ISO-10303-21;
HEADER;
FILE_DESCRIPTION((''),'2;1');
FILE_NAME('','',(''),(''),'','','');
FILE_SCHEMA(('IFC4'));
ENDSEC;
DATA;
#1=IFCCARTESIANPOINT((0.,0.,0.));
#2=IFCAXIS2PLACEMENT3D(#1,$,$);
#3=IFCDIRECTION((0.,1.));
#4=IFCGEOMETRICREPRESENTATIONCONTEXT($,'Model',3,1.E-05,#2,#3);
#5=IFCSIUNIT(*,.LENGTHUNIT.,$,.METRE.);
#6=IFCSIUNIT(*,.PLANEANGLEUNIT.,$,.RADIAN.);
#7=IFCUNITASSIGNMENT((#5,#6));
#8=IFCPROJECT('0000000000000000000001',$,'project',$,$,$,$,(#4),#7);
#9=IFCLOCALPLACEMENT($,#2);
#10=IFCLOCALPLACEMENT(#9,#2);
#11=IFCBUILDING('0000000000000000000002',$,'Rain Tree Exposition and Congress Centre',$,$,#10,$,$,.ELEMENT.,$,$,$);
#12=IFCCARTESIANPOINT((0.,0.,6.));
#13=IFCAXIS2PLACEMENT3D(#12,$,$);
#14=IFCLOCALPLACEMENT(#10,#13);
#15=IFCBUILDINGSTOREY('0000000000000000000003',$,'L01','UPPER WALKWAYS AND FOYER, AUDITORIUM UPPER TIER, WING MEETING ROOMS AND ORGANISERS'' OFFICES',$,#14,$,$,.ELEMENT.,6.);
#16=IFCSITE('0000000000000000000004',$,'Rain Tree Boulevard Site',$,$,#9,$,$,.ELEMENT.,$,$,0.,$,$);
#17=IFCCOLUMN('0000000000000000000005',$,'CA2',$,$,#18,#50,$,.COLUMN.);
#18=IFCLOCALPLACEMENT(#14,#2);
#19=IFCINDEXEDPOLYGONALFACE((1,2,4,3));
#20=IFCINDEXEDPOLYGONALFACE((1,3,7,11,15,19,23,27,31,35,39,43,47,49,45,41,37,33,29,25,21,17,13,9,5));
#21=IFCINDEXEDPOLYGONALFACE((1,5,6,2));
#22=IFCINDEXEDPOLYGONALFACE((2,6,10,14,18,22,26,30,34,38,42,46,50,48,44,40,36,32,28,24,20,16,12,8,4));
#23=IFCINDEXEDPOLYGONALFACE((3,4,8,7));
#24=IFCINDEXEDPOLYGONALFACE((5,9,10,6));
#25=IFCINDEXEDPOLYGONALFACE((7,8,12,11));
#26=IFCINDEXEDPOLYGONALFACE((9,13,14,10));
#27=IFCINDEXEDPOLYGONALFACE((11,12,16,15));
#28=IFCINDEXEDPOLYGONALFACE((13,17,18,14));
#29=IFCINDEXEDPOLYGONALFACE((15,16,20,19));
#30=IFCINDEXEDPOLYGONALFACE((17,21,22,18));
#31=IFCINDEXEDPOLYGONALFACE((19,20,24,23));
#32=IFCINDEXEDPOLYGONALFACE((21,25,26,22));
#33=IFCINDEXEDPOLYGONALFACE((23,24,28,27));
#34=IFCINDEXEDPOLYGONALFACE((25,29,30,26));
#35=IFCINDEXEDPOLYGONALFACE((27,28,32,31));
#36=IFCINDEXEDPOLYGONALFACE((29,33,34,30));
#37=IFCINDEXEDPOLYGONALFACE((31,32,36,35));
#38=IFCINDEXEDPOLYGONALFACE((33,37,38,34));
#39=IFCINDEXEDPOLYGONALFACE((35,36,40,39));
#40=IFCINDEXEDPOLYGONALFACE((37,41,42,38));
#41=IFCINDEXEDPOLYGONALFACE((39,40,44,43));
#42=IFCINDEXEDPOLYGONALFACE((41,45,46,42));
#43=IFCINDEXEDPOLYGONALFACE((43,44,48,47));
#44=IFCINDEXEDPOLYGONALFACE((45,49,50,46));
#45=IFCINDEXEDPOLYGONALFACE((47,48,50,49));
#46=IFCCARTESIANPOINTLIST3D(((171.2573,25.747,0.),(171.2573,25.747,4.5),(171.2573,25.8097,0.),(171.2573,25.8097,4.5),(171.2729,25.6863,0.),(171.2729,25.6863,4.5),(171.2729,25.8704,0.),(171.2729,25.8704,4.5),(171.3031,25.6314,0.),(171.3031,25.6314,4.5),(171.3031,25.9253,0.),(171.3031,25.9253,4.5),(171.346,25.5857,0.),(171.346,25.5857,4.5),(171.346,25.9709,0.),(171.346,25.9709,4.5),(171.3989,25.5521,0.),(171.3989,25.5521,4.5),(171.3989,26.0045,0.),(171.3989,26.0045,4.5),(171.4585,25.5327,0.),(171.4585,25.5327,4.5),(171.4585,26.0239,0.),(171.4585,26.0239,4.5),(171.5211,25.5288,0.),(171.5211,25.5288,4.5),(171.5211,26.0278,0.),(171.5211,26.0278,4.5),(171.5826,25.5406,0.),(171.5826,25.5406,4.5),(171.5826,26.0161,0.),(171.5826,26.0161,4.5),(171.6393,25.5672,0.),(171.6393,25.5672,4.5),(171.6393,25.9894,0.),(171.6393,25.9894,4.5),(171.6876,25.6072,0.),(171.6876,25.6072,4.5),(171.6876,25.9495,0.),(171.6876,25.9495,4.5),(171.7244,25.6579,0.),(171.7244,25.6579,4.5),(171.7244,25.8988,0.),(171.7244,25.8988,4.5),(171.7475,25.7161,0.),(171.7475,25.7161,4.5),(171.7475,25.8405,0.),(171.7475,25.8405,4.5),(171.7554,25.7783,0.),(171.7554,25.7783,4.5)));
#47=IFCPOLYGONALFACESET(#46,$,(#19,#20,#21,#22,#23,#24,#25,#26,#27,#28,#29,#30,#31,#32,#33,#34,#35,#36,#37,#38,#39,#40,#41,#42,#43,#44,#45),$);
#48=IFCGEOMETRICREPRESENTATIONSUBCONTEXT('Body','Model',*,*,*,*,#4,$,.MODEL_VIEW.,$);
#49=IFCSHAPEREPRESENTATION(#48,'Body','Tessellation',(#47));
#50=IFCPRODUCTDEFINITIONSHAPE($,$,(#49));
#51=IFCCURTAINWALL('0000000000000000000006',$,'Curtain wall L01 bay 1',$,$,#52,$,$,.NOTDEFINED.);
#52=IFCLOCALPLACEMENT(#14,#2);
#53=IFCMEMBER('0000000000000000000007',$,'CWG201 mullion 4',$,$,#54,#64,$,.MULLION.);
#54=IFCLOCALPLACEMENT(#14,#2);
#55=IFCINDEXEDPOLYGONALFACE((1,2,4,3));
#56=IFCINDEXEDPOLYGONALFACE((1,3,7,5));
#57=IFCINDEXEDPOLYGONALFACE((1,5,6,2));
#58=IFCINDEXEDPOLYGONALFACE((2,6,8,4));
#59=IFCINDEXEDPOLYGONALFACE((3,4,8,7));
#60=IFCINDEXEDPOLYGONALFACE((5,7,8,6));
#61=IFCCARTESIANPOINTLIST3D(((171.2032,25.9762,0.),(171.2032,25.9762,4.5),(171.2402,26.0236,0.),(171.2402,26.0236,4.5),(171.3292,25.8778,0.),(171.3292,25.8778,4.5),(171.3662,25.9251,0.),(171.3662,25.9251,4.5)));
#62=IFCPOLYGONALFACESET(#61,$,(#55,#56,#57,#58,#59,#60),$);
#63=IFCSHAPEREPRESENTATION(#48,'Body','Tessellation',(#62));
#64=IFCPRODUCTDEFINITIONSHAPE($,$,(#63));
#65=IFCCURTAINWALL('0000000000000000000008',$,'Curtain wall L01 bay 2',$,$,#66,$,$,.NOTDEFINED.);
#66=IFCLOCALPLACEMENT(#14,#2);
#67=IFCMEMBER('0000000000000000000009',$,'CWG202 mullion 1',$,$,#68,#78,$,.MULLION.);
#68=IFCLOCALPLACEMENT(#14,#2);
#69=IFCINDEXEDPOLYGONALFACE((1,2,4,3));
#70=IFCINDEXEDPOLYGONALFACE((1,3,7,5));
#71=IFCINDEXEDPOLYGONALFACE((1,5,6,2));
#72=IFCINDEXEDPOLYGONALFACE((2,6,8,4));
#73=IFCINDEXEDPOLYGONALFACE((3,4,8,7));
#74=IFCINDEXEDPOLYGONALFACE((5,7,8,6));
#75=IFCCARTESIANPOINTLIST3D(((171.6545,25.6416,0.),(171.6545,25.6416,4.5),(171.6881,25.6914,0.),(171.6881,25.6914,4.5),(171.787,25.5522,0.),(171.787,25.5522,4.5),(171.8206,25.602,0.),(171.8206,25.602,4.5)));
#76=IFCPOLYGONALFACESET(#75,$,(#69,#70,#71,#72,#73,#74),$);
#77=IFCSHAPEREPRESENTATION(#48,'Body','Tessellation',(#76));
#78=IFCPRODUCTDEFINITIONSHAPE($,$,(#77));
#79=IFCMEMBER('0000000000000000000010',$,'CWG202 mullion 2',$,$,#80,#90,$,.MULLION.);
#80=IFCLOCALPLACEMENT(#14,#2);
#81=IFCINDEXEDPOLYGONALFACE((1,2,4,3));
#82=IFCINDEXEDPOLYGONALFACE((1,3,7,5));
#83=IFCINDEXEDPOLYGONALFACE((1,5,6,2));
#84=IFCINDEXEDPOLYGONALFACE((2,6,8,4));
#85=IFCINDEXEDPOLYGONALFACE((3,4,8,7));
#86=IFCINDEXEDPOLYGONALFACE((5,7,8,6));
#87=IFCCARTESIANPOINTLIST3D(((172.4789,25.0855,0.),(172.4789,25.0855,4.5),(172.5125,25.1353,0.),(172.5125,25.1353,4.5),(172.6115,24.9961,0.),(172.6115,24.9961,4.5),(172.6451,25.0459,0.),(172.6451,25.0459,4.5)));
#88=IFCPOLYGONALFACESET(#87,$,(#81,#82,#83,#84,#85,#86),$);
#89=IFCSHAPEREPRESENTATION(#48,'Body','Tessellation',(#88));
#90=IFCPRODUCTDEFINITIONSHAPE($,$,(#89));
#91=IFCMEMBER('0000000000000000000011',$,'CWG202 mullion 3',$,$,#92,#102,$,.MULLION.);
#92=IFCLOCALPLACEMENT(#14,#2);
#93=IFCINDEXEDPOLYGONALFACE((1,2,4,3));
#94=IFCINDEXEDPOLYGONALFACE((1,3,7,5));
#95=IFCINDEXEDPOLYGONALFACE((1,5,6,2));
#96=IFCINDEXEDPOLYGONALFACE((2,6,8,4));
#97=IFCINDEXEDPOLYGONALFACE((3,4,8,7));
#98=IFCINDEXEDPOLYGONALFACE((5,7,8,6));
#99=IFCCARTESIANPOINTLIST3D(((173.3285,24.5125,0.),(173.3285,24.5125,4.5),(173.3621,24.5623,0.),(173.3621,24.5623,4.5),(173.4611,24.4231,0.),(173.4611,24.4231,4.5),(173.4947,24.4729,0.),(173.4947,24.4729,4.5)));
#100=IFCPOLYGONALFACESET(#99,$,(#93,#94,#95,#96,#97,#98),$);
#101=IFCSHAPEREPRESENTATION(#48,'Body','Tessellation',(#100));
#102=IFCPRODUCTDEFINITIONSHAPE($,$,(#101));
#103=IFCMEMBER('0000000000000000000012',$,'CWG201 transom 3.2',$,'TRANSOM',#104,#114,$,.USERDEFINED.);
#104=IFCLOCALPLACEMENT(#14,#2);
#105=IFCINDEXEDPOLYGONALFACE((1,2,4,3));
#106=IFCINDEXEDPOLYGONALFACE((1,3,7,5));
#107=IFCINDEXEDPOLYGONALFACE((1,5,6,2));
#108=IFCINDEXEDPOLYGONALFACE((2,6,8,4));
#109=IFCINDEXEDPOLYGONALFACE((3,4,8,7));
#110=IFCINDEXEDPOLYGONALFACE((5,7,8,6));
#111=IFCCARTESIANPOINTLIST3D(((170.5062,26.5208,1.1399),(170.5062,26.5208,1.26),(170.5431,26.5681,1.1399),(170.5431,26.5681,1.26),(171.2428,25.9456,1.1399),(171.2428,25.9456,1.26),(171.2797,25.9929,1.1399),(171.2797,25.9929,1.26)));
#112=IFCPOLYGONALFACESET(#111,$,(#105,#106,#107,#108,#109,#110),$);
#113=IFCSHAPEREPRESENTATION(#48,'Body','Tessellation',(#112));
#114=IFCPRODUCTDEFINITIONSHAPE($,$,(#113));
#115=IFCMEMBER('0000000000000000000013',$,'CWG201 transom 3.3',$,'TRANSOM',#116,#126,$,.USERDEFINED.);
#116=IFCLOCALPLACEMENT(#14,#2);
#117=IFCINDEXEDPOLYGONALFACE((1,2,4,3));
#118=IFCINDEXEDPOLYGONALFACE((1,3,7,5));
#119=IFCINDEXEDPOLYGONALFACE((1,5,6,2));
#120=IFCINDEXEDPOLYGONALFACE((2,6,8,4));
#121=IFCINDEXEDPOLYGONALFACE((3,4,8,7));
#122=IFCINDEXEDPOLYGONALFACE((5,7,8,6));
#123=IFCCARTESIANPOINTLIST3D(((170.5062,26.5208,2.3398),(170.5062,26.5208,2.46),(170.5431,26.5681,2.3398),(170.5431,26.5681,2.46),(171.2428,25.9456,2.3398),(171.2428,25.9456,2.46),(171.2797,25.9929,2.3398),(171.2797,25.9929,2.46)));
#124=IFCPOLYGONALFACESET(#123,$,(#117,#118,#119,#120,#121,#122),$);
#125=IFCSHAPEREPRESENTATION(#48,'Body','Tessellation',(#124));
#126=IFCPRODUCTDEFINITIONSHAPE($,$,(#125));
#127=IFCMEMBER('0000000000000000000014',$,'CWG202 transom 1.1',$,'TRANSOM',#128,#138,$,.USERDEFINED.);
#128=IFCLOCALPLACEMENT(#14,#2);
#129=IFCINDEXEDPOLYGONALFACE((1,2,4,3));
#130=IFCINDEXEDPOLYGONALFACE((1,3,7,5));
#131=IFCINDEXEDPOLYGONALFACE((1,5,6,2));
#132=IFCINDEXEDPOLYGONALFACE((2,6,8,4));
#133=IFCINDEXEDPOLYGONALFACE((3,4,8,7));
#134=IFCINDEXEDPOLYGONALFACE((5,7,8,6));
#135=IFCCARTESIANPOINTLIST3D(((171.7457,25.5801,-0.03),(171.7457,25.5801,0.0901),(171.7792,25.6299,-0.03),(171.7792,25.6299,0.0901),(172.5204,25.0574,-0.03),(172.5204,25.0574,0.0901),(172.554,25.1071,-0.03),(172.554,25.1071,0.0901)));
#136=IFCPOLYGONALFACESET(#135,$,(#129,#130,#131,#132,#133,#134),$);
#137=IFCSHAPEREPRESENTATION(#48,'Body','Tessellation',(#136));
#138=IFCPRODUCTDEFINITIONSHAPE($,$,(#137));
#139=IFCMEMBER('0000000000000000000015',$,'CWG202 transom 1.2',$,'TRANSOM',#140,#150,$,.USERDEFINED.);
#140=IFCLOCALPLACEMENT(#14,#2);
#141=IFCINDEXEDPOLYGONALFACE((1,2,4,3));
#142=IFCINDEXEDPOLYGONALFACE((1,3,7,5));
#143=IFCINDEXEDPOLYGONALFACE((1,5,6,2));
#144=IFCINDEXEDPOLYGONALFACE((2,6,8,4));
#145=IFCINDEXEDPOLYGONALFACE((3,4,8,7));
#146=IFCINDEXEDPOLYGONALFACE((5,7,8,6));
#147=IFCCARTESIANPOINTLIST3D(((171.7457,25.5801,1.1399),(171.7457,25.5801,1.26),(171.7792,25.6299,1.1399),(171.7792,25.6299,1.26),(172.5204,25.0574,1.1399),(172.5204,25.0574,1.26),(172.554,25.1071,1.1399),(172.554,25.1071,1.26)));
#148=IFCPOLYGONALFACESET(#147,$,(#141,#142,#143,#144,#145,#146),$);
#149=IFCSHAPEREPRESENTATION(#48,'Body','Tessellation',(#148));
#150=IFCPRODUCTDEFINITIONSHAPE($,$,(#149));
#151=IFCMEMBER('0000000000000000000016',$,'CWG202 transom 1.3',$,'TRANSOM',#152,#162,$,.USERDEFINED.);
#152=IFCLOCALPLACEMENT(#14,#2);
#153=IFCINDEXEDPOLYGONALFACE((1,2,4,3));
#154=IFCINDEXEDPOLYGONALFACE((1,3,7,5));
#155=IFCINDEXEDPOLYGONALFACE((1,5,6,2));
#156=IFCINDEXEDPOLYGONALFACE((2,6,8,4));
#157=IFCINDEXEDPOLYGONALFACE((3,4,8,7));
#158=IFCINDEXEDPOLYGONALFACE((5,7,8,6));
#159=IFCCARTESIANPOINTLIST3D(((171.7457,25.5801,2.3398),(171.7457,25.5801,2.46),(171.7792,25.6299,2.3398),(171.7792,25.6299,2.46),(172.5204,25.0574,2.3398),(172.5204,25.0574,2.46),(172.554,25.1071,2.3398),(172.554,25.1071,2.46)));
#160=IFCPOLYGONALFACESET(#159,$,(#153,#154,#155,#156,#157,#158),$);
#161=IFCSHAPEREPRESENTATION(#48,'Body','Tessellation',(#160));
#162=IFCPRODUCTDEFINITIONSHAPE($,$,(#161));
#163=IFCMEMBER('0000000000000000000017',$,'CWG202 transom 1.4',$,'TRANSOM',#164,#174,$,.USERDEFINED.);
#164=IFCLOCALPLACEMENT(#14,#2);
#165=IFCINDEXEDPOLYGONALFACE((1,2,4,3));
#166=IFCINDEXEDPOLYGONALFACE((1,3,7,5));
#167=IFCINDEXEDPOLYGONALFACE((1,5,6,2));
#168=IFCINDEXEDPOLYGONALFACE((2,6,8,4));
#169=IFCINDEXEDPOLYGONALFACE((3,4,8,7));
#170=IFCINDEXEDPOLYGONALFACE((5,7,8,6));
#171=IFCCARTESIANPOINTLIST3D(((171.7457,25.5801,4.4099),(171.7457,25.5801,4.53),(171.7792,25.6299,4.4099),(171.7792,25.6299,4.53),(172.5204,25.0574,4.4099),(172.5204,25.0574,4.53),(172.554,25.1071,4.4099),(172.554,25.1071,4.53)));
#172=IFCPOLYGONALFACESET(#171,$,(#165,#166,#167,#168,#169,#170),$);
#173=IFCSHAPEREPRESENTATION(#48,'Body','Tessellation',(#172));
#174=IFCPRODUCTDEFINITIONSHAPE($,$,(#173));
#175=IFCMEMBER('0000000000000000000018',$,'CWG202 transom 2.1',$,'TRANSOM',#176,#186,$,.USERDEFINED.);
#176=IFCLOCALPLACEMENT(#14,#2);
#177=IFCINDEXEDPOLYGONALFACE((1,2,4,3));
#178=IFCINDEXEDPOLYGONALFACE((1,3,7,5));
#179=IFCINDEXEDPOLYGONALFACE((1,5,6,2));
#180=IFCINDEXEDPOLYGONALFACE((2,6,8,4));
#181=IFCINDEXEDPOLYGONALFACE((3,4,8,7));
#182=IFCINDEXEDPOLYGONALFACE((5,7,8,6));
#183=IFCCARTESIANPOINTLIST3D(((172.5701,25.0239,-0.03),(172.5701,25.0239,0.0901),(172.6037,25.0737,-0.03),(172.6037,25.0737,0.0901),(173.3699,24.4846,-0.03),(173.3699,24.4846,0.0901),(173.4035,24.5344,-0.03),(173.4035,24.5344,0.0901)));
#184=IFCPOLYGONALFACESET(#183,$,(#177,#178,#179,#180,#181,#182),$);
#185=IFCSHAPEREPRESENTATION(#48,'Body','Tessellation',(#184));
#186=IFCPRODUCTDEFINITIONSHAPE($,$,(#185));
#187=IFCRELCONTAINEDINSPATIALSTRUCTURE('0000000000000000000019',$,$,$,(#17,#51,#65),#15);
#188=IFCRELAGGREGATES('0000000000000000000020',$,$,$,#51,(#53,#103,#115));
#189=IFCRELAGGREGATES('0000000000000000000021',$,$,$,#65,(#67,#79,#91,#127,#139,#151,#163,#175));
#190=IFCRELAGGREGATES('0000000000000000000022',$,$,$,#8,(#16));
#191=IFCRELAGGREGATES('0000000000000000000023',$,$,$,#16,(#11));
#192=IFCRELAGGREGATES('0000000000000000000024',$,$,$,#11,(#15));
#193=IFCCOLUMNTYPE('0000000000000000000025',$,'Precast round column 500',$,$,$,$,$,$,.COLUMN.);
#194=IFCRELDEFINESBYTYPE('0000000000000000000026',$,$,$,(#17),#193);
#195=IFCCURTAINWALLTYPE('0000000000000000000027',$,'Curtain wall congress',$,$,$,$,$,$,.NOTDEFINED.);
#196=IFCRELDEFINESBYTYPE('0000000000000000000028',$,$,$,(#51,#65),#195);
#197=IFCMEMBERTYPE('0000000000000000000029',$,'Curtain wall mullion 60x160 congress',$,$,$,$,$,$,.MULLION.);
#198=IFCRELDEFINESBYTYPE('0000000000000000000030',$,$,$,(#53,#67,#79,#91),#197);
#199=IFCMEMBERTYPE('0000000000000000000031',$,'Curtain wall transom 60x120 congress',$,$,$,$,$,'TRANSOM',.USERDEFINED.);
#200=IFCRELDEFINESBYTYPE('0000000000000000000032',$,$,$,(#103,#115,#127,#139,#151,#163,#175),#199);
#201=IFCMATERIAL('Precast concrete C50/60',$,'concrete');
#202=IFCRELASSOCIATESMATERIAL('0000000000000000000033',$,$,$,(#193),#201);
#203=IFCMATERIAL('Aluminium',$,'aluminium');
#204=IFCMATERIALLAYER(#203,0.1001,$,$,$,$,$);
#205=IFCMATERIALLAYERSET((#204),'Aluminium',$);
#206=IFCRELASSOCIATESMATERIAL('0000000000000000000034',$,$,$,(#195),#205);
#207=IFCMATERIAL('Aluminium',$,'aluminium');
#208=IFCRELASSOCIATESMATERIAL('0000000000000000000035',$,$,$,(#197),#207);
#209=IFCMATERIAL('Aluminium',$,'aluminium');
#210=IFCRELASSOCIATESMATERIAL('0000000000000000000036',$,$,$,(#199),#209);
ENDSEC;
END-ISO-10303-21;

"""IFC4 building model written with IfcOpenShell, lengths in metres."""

from ifc_helpers import new_model, si_unit, direction, frame, origin, origin_2d, place, context, subcontext, project, spatial, rectangle, circle, extrude, material, layer, layer_set, material_profile, profile_set, type_object, element, aggregate, save


model = new_model("IFC4")

# Units and contexts
model_context = context("Model", 3, precision=1e-05, world=origin(), true_north=direction((0.0, 1.0)))
body_context = subcontext(model_context, "Body", "Model", "MODEL_VIEW")
ifc_project = project(units=[si_unit("LENGTHUNIT", "METRE"), si_unit("PLANEANGLEUNIT", "RADIAN")], contexts=[model_context])

# Site, building, storey
site_placement = place(None, origin())
site = spatial("IfcSite", under=ifc_project, at=site_placement, Name="Rain Tree Boulevard Site", CompositionType="ELEMENT", RefElevation=0.0)
building_placement = place(site_placement, origin())
building = spatial("IfcBuilding", under=site, at=building_placement, Name="Rain Tree Exposition and Congress Centre", CompositionType="ELEMENT")
storey_placement = place(building_placement, frame((0.0, 0.0, 6.0)))
storey = spatial("IfcBuildingStorey", under=building, at=storey_placement, Name="L01", Description="UPPER WALKWAYS AND FOYER, AUDITORIUM UPPER TIER, WING MEETING ROOMS AND ORGANISERS' OFFICES", CompositionType="ELEMENT", Elevation=6.0)

# Column
ifc_material_1 = material(Name="Precast concrete C50/60", Category="concrete")
ifc_material_profile_1 = material_profile(ifc_material_1, circle(Radius=0.25, at=origin_2d()), Name="RC D500")
ifc_profile_set_1 = profile_set([ifc_material_profile_1], Name="Precast concrete C50/60")
column_type = type_object("IfcColumnType", Name="Precast round column 500", PredefinedType="COLUMN", material=ifc_profile_set_1)
column_placement = place(storey_placement, frame((171.5054, 25.7783, 0.0), z_axis=(0.0, 0.0, 1.0), x_axis=(1.0, 0.0, 0.0)))
element("IfcColumn", 1, at=column_placement, inside=storey, type_object=column_type, Name="CA2", PredefinedType="COLUMN", context=body_context, shape_type="SweptSolid", body=[
    extrude(circle(Radius=0.25, at=origin_2d()), origin(), (0.0, 0.0, 1.0), 4.5),
])

# Curtain wall, member
ifc_material_2 = material(Name="Aluminium", Category="aluminium")
ifc_layer_1 = layer(ifc_material_2, 0.1001)
ifc_layer_set_1 = layer_set([ifc_layer_1], Name="Aluminium")
curtain_wall_type = type_object("IfcCurtainWallType", Name="Curtain wall congress", PredefinedType="NOTDEFINED", material=ifc_layer_set_1)
curtain_wall_1_placement = place(storey_placement, origin())
curtain_wall_1 = element("IfcCurtainWall", 2, at=curtain_wall_1_placement, inside=storey, type_object=curtain_wall_type, Name="Curtain wall L01 bay 1", PredefinedType="NOTDEFINED")
ifc_material_3 = material(Name="Aluminium", Category="aluminium")
ifc_material_profile_2 = material_profile(ifc_material_3, rectangle(XDim=0.0601, YDim=0.1599, at=origin_2d()), Name="AL 60x160")
ifc_profile_set_2 = profile_set([ifc_material_profile_2], Name="Aluminium")
member_type_1 = type_object("IfcMemberType", Name="Curtain wall mullion 60x160 congress", PredefinedType="MULLION", material=ifc_profile_set_2)
member_1_placement = place(storey_placement, frame((171.2847, 25.9507, 0.0), z_axis=(0.0, 0.0, 1.0), x_axis=(0.615671, 0.788003, 0.0)))
member_1 = element("IfcMember", 3, at=member_1_placement, type_object=member_type_1, Name="CWG201 mullion 4", PredefinedType="MULLION", context=body_context, shape_type="SweptSolid", body=[
    extrude(rectangle(XDim=0.0601, YDim=0.1599, at=origin_2d()), origin(), (0.0, 0.0, 1.0), 4.5),
])

# Curtain wall, members
curtain_wall_2_placement = place(storey_placement, origin())
curtain_wall_2 = element("IfcCurtainWall", 4, at=curtain_wall_2_placement, inside=storey, type_object=curtain_wall_type, Name="Curtain wall L01 bay 2", PredefinedType="NOTDEFINED")
member_2_placement = place(storey_placement, frame((171.7375, 25.6218, 0.0), z_axis=(0.0, 0.0, 1.0), x_axis=(0.559197, 0.829035, 0.0)))
member_2 = element("IfcMember", 5, at=member_2_placement, type_object=member_type_1, Name="CWG202 mullion 1", PredefinedType="MULLION", context=body_context, shape_type="SweptSolid", body=[
    extrude(rectangle(XDim=0.0601, YDim=0.1599, at=origin_2d()), origin(), (0.0, 0.0, 1.0), 4.5),
])
member_3_placement = place(storey_placement, frame((172.562, 25.0657, 0.0), z_axis=(0.0, 0.0, 1.0), x_axis=(0.559197, 0.829035, 0.0)))
member_3 = element("IfcMember", 6, at=member_3_placement, type_object=member_type_1, Name="CWG202 mullion 2", PredefinedType="MULLION", context=body_context, shape_type="SweptSolid", body=[
    extrude(rectangle(XDim=0.0601, YDim=0.1599, at=origin_2d()), origin(), (0.0, 0.0, 1.0), 4.5),
])
member_4_placement = place(storey_placement, frame((173.4116, 24.4927, 0.0), z_axis=(0.0, 0.0, 1.0), x_axis=(0.559197, 0.829035, 0.0)))
member_4 = element("IfcMember", 7, at=member_4_placement, type_object=member_type_1, Name="CWG202 mullion 3", PredefinedType="MULLION", context=body_context, shape_type="SweptSolid", body=[
    extrude(rectangle(XDim=0.0601, YDim=0.1599, at=origin_2d()), origin(), (0.0, 0.0, 1.0), 4.5),
])

# Members
ifc_material_4 = material(Name="Aluminium", Category="aluminium")
ifc_material_profile_3 = material_profile(ifc_material_4, rectangle(XDim=0.0601, YDim=0.1201, at=origin_2d()), Name="AL 60x120")
ifc_profile_set_3 = profile_set([ifc_material_profile_3], Name="Aluminium")
member_type_2 = type_object("IfcMemberType", Name="Curtain wall transom 60x120 congress", ElementType="TRANSOM", PredefinedType="USERDEFINED", material=ifc_profile_set_3)
member_5_placement = place(storey_placement, frame((170.5247, 26.5444, 1.2), z_axis=(0.788155, -0.615477, 0.0), x_axis=(0.615477, 0.788155, 0.0)))
member_5 = element("IfcMember", 8, at=member_5_placement, type_object=member_type_2, Name="CWG201 transom 3.2", ObjectType="TRANSOM", PredefinedType="USERDEFINED", context=body_context, shape_type="SweptSolid", body=[
    extrude(rectangle(XDim=0.0601, YDim=0.1201, at=origin_2d()), origin(), (0.0, 0.0, 1.0), 0.9346),
])
member_6_placement = place(storey_placement, frame((170.5247, 26.5444, 2.3999), z_axis=(0.788155, -0.615477, 0.0), x_axis=(0.615477, 0.788155, 0.0)))
member_6 = element("IfcMember", 9, at=member_6_placement, type_object=member_type_2, Name="CWG201 transom 3.3", ObjectType="TRANSOM", PredefinedType="USERDEFINED", context=body_context, shape_type="SweptSolid", body=[
    extrude(rectangle(XDim=0.0601, YDim=0.1201, at=origin_2d()), origin(), (0.0, 0.0, 1.0), 0.9346),
])
member_7_placement = place(storey_placement, frame((171.7625, 25.605, 0.03), z_axis=(0.828943, -0.559334, 0.0), x_axis=(0.559334, 0.828943, 0.0)))
member_7 = element("IfcMember", 10, at=member_7_placement, type_object=member_type_2, Name="CWG202 transom 1.1", ObjectType="TRANSOM", PredefinedType="USERDEFINED", context=body_context, shape_type="SweptSolid", body=[
    extrude(rectangle(XDim=0.0601, YDim=0.1201, at=origin_2d()), origin(), (0.0, 0.0, 1.0), 0.9346),
])
member_8_placement = place(storey_placement, frame((171.7625, 25.605, 1.2), z_axis=(0.828943, -0.559334, 0.0), x_axis=(0.559334, 0.828943, 0.0)))
member_8 = element("IfcMember", 11, at=member_8_placement, type_object=member_type_2, Name="CWG202 transom 1.2", ObjectType="TRANSOM", PredefinedType="USERDEFINED", context=body_context, shape_type="SweptSolid", body=[
    extrude(rectangle(XDim=0.0601, YDim=0.1201, at=origin_2d()), origin(), (0.0, 0.0, 1.0), 0.9346),
])
member_9_placement = place(storey_placement, frame((171.7625, 25.605, 2.3999), z_axis=(0.828943, -0.559334, 0.0), x_axis=(0.559334, 0.828943, 0.0)))
member_9 = element("IfcMember", 12, at=member_9_placement, type_object=member_type_2, Name="CWG202 transom 1.3", ObjectType="TRANSOM", PredefinedType="USERDEFINED", context=body_context, shape_type="SweptSolid", body=[
    extrude(rectangle(XDim=0.0601, YDim=0.1201, at=origin_2d()), origin(), (0.0, 0.0, 1.0), 0.9346),
])
member_10_placement = place(storey_placement, frame((171.7625, 25.605, 4.47), z_axis=(0.828943, -0.559334, 0.0), x_axis=(0.559334, 0.828943, 0.0)))
member_10 = element("IfcMember", 13, at=member_10_placement, type_object=member_type_2, Name="CWG202 transom 1.4", ObjectType="TRANSOM", PredefinedType="USERDEFINED", context=body_context, shape_type="SweptSolid", body=[
    extrude(rectangle(XDim=0.0601, YDim=0.1201, at=origin_2d()), origin(), (0.0, 0.0, 1.0), 0.9346),
])
member_11_placement = place(storey_placement, frame((172.5869, 25.0488, 0.03), z_axis=(0.829119, -0.559073, 0.0), x_axis=(0.559073, 0.829119, 0.0)))
member_11 = element("IfcMember", 14, at=member_11_placement, type_object=member_type_2, Name="CWG202 transom 2.1", ObjectType="TRANSOM", PredefinedType="USERDEFINED", context=body_context, shape_type="SweptSolid", body=[
    extrude(rectangle(XDim=0.0601, YDim=0.1201, at=origin_2d()), origin(), (0.0, 0.0, 1.0), 0.9646),
])

aggregate(curtain_wall_1, [member_1, member_5, member_6])
aggregate(curtain_wall_2, [member_2, member_3, member_4, member_7, member_8, member_9, member_10, member_11])

save(model, "model.ifc")
